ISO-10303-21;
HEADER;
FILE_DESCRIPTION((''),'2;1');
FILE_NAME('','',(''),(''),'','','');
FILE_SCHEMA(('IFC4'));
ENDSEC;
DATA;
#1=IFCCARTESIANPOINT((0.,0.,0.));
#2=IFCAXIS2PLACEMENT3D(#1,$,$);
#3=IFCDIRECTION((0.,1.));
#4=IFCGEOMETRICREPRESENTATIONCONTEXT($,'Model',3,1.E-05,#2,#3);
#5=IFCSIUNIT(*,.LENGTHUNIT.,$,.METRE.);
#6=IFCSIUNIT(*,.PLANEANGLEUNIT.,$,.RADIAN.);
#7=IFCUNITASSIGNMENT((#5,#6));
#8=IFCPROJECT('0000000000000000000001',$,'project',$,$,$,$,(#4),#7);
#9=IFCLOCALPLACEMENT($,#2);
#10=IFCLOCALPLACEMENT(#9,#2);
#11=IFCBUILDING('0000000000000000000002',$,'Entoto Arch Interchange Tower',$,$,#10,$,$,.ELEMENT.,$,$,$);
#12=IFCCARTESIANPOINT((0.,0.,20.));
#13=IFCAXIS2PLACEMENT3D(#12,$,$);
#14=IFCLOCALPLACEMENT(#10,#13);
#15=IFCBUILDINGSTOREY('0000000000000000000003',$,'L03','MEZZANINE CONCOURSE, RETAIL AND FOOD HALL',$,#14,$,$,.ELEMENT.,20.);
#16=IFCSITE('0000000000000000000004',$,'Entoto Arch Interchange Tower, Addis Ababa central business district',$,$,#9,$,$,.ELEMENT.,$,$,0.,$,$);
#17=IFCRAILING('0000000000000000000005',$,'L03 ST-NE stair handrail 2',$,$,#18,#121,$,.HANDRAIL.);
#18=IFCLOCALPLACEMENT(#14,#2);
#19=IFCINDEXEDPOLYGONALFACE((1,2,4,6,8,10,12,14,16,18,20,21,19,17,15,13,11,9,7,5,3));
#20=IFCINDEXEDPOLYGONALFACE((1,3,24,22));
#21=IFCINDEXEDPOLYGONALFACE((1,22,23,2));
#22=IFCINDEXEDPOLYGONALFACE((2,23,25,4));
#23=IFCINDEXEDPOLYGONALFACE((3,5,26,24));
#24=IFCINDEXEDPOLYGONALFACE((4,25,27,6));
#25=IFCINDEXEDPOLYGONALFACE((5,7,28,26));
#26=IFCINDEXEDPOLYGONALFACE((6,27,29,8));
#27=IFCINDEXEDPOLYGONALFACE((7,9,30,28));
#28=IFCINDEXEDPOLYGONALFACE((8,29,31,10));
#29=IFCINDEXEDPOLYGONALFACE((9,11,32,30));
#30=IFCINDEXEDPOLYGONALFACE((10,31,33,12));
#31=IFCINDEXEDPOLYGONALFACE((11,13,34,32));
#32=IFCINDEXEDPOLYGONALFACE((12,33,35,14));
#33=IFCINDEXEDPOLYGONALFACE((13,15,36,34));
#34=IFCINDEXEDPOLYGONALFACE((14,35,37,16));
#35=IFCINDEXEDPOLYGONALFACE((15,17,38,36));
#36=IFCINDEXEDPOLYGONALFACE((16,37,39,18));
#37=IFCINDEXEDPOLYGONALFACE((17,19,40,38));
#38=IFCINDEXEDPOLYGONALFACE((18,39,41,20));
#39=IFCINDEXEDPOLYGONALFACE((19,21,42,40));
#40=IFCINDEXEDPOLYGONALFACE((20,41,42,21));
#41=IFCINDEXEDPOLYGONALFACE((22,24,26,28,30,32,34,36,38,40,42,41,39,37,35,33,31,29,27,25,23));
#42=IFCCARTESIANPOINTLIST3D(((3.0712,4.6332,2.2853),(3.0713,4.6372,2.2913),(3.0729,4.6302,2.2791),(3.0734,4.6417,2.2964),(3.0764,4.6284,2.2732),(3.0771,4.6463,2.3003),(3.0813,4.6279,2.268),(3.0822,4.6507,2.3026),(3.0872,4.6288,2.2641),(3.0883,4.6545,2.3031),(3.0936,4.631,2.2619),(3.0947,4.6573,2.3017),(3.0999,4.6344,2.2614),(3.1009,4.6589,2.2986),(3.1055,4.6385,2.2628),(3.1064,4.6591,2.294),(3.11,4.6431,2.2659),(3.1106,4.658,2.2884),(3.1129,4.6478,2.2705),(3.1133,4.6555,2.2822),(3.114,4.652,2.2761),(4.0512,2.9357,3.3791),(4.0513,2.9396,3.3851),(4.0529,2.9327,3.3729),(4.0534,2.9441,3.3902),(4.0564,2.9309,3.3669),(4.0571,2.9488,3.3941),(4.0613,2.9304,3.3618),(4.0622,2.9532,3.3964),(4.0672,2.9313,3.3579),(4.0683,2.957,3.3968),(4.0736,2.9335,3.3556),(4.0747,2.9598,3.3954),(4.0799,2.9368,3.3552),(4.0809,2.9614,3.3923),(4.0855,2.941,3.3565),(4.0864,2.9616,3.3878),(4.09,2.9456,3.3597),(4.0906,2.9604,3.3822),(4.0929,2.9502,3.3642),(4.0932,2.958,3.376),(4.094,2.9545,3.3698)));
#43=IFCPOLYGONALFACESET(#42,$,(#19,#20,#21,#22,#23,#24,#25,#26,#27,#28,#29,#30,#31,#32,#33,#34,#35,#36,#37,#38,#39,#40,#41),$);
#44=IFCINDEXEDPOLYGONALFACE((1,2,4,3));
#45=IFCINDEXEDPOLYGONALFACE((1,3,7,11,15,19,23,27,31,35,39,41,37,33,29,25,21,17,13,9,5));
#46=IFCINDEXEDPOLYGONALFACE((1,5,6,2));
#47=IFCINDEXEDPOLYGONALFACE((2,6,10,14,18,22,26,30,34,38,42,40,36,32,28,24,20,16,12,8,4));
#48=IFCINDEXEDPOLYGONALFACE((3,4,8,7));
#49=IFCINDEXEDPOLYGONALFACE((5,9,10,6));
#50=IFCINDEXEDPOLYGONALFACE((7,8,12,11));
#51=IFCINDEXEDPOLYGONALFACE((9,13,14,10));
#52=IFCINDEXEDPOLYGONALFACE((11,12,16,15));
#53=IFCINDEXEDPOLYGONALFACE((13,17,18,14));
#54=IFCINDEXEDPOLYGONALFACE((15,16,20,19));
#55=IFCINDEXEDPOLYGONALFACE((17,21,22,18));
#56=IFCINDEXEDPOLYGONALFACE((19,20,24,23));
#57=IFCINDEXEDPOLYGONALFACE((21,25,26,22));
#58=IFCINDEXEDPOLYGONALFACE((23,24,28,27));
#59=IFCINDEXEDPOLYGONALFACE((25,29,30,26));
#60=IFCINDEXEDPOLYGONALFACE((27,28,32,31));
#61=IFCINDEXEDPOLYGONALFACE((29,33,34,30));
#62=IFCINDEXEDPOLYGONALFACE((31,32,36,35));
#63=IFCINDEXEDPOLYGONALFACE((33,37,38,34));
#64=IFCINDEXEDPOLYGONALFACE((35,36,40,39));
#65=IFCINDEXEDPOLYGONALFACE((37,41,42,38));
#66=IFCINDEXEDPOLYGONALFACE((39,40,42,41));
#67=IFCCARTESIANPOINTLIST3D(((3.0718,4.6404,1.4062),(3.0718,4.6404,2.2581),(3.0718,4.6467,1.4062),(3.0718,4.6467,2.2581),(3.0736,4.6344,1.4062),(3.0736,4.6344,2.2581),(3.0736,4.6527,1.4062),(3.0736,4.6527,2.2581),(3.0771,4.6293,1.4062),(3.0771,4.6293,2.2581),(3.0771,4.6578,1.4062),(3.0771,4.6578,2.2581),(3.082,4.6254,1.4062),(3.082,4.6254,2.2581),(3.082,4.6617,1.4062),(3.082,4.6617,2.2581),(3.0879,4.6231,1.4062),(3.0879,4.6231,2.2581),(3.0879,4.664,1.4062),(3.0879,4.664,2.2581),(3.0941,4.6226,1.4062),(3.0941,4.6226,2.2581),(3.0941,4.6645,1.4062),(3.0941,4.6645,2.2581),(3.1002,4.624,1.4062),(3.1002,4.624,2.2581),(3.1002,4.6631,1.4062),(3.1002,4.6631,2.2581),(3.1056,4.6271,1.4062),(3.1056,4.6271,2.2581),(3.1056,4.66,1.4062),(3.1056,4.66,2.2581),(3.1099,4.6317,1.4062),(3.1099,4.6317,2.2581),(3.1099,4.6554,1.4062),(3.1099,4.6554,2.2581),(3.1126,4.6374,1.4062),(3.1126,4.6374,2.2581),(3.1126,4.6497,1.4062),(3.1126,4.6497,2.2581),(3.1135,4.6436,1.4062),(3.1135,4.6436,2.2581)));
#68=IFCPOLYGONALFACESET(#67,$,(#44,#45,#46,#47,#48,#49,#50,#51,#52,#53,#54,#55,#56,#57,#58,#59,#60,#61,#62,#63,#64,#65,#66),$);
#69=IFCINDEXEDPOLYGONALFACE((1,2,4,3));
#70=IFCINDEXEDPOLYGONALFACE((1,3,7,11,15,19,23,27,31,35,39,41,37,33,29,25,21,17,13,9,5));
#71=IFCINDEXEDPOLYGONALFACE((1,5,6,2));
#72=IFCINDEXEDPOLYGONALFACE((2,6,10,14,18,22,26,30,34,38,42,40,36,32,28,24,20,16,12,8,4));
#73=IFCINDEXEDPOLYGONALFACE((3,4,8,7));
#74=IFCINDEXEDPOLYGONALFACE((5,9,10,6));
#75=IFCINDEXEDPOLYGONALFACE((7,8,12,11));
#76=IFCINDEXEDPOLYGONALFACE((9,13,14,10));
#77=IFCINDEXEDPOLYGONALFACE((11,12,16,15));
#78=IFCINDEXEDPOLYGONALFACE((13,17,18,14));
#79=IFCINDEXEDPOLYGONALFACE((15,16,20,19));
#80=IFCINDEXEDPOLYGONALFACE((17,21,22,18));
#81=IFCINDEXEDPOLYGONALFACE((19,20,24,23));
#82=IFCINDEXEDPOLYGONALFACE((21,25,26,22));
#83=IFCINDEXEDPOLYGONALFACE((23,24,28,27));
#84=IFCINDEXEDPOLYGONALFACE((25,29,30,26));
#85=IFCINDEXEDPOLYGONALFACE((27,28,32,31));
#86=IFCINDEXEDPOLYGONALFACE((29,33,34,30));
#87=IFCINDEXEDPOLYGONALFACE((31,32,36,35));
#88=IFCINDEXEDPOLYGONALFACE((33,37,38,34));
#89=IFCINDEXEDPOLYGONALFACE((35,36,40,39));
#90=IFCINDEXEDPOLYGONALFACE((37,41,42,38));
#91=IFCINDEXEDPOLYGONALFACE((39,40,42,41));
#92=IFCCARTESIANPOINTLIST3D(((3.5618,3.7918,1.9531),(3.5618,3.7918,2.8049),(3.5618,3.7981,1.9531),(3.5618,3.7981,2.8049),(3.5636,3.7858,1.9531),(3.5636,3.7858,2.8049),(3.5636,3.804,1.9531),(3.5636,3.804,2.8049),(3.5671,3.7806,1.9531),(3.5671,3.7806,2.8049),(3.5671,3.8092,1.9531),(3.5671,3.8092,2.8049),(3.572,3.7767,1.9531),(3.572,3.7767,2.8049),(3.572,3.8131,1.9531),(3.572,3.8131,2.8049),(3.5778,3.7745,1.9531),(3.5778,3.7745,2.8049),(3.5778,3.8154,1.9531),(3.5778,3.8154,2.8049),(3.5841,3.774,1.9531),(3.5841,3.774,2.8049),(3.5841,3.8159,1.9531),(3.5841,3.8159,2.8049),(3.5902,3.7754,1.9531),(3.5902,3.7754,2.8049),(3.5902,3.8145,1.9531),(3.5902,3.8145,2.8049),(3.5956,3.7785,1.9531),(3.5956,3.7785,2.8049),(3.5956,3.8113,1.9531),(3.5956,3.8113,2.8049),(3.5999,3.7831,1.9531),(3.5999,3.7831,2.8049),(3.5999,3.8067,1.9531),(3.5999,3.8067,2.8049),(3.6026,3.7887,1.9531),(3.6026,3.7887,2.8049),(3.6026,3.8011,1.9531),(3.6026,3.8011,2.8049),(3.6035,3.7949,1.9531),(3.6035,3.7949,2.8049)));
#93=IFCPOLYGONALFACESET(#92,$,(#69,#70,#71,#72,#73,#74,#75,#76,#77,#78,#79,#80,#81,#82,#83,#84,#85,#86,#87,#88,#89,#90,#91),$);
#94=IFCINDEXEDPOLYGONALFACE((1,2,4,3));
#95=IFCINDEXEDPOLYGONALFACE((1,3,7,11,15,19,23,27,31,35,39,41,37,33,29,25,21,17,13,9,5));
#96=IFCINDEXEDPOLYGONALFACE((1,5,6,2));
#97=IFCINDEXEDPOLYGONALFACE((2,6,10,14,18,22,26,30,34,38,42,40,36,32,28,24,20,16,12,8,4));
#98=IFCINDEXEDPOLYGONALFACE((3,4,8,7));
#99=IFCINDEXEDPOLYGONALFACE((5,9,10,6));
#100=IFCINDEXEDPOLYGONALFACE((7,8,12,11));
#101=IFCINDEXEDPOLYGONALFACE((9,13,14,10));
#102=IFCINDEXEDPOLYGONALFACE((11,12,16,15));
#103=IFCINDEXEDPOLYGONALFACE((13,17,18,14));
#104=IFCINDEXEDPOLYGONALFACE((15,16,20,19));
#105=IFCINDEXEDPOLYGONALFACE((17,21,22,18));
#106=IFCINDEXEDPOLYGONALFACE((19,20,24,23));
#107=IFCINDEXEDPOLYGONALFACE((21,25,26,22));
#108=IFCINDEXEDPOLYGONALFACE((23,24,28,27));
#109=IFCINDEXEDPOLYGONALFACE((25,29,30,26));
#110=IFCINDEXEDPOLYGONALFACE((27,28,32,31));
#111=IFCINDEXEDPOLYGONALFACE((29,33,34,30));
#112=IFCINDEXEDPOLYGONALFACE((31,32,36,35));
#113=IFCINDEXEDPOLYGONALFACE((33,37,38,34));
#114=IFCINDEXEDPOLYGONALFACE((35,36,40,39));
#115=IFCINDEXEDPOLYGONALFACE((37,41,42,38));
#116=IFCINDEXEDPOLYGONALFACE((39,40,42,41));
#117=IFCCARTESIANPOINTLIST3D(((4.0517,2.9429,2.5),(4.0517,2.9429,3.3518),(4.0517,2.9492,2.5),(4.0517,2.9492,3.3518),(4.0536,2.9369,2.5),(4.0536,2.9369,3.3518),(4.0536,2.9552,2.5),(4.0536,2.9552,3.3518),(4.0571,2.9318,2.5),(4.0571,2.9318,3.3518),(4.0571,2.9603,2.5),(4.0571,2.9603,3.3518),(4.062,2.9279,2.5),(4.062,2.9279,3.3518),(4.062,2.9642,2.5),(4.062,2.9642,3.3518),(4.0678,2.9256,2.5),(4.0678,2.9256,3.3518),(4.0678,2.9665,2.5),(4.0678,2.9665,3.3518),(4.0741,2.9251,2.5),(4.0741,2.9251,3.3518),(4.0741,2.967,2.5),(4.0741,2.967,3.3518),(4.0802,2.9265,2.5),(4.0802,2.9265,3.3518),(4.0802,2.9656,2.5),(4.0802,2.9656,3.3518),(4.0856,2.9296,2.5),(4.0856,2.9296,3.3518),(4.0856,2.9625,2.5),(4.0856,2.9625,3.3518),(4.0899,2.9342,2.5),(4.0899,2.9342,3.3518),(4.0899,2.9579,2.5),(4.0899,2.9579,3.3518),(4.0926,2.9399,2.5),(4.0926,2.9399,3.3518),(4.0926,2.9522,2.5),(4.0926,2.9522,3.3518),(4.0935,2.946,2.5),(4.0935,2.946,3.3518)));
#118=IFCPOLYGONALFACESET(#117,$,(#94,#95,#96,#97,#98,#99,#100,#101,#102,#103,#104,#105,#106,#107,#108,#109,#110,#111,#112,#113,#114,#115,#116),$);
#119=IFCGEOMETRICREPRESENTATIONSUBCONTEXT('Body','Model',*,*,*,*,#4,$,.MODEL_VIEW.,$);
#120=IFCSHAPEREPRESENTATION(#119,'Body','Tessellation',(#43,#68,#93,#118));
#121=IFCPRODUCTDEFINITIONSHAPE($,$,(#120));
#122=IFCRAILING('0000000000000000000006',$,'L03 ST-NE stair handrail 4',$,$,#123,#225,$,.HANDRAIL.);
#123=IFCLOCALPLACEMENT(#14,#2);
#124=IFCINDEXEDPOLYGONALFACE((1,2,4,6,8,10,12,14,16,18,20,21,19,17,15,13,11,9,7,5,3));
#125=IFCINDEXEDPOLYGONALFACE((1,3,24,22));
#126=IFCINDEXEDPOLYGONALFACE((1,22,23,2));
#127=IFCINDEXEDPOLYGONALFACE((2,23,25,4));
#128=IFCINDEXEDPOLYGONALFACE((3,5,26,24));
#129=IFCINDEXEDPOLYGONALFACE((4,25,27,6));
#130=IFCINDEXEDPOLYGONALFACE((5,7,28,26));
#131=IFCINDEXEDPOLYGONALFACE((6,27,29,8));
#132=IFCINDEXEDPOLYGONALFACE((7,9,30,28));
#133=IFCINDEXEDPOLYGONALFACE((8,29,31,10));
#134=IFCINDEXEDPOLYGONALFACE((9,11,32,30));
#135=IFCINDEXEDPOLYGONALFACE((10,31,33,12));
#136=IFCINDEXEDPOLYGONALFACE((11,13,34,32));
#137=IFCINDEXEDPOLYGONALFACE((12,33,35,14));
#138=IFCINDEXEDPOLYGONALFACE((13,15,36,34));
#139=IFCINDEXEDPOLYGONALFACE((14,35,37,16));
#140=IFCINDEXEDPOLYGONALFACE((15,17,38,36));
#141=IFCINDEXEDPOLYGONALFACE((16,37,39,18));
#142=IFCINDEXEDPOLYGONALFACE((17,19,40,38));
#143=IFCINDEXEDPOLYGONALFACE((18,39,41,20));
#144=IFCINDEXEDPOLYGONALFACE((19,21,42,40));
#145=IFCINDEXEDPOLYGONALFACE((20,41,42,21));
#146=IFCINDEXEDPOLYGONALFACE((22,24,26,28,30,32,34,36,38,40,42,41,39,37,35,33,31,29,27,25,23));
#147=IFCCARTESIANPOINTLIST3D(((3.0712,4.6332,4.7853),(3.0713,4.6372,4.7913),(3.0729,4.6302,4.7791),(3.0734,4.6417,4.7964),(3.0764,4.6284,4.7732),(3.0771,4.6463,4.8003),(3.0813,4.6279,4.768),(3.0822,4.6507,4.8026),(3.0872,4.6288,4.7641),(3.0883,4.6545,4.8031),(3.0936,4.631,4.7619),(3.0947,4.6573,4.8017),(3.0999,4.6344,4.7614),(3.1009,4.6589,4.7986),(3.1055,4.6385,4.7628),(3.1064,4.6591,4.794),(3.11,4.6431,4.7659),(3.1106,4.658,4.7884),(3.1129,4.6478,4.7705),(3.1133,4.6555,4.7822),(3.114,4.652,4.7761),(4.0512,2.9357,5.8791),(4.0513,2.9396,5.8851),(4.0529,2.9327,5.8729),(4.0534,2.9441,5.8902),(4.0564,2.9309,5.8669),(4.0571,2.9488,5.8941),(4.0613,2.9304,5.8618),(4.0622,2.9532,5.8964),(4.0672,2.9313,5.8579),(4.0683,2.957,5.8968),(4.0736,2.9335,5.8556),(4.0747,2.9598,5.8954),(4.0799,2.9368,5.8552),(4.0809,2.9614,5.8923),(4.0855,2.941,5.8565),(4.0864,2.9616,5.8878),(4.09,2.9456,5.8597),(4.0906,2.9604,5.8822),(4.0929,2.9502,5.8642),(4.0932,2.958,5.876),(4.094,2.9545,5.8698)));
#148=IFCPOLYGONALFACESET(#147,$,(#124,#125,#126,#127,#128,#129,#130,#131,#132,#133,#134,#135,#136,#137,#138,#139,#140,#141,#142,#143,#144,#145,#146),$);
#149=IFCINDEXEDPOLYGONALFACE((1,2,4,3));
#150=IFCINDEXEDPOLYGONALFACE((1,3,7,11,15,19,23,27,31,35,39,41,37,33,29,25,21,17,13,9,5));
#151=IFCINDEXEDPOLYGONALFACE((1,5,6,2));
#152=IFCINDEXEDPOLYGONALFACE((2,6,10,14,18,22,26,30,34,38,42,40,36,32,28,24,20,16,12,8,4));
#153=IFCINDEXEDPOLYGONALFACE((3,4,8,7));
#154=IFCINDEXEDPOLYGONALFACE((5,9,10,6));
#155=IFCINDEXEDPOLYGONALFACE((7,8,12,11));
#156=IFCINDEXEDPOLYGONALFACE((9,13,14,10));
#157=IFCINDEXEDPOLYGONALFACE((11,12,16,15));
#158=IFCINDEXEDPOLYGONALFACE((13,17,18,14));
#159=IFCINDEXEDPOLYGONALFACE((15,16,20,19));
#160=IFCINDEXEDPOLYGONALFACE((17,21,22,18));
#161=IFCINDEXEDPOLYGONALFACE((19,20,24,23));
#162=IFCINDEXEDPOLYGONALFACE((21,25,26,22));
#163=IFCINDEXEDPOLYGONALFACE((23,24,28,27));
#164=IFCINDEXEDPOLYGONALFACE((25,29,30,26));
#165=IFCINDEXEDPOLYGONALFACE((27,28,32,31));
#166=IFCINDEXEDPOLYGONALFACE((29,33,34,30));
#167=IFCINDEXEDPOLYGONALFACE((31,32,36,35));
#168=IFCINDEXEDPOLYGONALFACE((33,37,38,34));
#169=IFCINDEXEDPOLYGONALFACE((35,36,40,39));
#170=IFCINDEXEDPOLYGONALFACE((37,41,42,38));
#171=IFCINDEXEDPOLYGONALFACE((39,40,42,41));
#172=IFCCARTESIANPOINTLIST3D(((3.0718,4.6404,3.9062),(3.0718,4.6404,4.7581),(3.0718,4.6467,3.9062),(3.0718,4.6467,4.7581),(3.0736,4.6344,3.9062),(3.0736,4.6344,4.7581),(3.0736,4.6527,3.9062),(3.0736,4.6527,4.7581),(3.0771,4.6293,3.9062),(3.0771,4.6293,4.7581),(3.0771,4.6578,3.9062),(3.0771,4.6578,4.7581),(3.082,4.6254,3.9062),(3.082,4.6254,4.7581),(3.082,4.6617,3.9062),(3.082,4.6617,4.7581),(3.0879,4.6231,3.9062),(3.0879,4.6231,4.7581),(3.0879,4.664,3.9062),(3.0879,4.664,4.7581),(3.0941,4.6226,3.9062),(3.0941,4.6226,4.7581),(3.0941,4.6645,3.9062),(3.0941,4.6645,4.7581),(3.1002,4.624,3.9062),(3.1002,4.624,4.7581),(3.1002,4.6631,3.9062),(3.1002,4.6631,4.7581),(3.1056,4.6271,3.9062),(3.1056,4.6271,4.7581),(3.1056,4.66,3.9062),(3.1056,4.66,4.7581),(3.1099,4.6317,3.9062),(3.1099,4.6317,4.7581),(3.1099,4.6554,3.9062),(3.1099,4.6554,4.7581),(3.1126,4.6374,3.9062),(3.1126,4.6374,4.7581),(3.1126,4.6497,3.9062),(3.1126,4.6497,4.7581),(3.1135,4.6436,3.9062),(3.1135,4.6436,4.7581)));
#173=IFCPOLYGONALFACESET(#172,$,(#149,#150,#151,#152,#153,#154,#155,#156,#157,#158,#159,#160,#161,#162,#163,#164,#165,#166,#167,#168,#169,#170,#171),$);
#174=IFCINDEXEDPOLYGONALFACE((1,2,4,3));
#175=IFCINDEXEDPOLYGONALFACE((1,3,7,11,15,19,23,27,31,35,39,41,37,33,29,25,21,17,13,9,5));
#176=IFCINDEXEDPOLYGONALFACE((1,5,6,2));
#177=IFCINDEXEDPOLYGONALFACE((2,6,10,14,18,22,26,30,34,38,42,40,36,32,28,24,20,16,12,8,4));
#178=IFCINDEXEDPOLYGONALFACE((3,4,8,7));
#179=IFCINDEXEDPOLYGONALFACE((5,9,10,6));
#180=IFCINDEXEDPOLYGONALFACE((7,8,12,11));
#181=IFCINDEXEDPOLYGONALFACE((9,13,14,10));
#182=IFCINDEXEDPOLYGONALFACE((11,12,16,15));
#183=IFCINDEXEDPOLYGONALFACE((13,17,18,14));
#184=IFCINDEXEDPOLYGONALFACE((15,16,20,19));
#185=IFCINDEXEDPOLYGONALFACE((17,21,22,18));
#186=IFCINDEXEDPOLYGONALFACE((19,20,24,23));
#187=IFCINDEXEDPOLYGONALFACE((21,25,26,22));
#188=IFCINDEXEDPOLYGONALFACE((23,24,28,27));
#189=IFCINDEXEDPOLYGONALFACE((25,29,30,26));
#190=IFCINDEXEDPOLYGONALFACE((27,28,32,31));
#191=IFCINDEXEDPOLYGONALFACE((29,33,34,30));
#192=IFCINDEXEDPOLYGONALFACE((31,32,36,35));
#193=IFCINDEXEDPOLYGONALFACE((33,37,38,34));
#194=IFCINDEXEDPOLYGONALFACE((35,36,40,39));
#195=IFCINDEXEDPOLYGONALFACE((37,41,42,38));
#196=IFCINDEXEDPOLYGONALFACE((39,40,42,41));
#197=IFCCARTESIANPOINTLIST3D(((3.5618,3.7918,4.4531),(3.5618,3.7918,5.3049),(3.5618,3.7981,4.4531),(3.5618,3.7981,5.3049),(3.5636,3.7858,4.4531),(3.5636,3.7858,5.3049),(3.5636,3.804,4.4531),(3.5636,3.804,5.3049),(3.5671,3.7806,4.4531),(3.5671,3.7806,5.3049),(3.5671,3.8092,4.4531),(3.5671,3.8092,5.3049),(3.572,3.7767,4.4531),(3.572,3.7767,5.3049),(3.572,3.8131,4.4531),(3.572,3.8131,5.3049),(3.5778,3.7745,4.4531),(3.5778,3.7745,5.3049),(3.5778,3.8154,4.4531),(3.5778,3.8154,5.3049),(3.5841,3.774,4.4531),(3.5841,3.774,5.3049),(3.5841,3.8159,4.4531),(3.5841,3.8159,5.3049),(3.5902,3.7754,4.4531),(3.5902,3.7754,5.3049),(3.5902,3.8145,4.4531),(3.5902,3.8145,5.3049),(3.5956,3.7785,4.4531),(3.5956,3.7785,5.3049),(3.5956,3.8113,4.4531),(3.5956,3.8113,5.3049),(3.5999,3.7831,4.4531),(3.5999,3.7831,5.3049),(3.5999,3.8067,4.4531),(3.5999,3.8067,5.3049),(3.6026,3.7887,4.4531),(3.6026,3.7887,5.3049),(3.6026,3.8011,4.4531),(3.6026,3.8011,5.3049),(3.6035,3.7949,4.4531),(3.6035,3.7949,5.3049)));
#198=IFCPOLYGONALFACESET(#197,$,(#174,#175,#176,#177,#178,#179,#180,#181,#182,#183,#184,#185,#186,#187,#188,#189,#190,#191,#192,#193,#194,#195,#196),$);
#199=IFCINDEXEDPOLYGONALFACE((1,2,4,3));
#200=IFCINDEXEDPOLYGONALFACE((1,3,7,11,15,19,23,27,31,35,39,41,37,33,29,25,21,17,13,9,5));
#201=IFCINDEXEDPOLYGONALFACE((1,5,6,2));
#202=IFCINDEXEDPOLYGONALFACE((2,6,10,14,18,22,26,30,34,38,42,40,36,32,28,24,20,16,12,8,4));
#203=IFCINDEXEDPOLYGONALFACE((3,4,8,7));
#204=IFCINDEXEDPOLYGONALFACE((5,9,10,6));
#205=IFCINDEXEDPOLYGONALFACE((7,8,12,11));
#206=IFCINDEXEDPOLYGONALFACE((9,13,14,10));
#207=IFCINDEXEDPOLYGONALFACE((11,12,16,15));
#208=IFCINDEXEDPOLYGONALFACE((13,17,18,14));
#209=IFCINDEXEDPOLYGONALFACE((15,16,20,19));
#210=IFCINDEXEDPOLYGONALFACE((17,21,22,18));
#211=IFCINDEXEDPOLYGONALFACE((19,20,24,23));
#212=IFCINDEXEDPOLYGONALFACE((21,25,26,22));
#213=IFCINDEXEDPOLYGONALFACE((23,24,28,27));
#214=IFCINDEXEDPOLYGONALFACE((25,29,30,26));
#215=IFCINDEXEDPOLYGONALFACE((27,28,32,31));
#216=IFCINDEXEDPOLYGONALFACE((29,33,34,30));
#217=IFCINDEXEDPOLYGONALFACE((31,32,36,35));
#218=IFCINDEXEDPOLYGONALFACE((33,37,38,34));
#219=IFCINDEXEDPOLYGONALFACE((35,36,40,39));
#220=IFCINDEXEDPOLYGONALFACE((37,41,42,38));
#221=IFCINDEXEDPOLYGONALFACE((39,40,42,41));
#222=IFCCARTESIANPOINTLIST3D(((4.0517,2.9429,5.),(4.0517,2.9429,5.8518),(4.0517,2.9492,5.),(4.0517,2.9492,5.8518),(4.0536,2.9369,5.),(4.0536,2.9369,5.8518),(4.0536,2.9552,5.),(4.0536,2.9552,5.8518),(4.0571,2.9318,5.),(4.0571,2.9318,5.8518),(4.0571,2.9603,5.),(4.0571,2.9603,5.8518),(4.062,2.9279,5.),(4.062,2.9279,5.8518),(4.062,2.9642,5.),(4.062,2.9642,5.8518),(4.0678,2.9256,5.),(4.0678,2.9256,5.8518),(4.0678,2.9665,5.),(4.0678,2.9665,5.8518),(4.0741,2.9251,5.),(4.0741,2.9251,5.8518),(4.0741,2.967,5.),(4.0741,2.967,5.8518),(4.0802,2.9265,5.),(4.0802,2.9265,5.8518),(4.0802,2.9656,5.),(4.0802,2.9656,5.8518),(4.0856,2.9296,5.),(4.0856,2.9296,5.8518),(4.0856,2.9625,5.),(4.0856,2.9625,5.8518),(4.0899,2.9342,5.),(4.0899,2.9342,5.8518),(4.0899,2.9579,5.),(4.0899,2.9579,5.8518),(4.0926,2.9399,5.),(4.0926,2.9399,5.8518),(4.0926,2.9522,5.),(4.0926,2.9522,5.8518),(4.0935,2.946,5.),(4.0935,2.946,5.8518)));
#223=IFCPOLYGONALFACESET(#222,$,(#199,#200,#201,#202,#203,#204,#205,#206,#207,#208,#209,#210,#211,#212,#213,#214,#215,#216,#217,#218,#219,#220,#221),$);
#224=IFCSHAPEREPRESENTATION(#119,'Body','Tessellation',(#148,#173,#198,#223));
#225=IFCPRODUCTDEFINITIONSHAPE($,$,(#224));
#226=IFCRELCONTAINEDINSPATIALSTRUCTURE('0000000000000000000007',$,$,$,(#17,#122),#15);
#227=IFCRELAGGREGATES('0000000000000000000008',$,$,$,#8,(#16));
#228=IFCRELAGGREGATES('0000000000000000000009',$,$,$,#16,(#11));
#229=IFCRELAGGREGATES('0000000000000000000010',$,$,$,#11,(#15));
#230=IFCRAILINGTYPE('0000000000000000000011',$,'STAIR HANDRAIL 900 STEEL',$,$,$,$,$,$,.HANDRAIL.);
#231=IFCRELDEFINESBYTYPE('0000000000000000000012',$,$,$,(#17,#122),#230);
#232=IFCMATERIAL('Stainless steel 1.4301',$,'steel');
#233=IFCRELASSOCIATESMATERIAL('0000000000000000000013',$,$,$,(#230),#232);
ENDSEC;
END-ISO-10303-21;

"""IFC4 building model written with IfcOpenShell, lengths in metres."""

from ifc_helpers import new_model, si_unit, direction, frame, origin, origin_2d, place, context, subcontext, project, spatial, circle, extrude, material, type_object, element, save


model = new_model("IFC4")

# Units and contexts
model_context = context("Model", 3, precision=1e-05, world=origin(), true_north=direction((0.0, 1.0)))
body_context = subcontext(model_context, "Body", "Model", "MODEL_VIEW")
ifc_project = project(units=[si_unit("LENGTHUNIT", "METRE"), si_unit("PLANEANGLEUNIT", "RADIAN")], contexts=[model_context])

# Site, building, storey
site_placement = place(None, origin())
site = spatial("IfcSite", under=ifc_project, at=site_placement, Name="Entoto Arch Interchange Tower, Addis Ababa central business district", CompositionType="ELEMENT", RefElevation=0.0)
building_placement = place(site_placement, origin())
building = spatial("IfcBuilding", under=site, at=building_placement, Name="Entoto Arch Interchange Tower", CompositionType="ELEMENT")
storey_placement = place(building_placement, frame((0.0, 0.0, 20.0)))
storey = spatial("IfcBuildingStorey", under=building, at=storey_placement, Name="L03", Description="MEZZANINE CONCOURSE, RETAIL AND FOOD HALL", CompositionType="ELEMENT", Elevation=20.0)

# Railings
ifc_material_1 = material(Name="Stainless steel 1.4301", Category="steel")
railing_type_1 = type_object("IfcRailingType", Name="STAIR HANDRAIL 900 STEEL", PredefinedType="HANDRAIL", material=ifc_material_1)
for number, where, name in (
    (1, (3.0925, 4.6436, 1.4062), "L03 ST-NE stair handrail 2"),
    (2, (3.0925, 4.6436, 3.9062), "L03 ST-NE stair handrail 4"),
):
    element("IfcRailing", number, at=place(storey_placement, frame(where)), inside=storey, type_object=railing_type_1, Name=name, PredefinedType="HANDRAIL", context=body_context, shape_type="SweptSolid", body=[
        extrude(circle(Radius=0.0239, at=origin_2d()), frame((0.0, 0.0, 0.876), z_axis=(0.436596, -0.756267, 0.487282), x_axis=(0.866042, 0.49997, 0.0)), (0.0, 0.0, 1.0), 2.2446),
        extrude(circle(Radius=0.021, at=origin_2d()), origin(), (0.0, 0.0, 1.0), 0.8518),
        extrude(circle(Radius=0.021, at=origin_2d()), frame((0.49, -0.8486, 0.5469)), (0.0, 0.0, 1.0), 0.8518),
        extrude(circle(Radius=0.021, at=origin_2d()), frame((0.98, -1.6975, 1.0938)), (0.0, 0.0, 1.0), 0.8518),
    ])

save(model, "model.ifc")
